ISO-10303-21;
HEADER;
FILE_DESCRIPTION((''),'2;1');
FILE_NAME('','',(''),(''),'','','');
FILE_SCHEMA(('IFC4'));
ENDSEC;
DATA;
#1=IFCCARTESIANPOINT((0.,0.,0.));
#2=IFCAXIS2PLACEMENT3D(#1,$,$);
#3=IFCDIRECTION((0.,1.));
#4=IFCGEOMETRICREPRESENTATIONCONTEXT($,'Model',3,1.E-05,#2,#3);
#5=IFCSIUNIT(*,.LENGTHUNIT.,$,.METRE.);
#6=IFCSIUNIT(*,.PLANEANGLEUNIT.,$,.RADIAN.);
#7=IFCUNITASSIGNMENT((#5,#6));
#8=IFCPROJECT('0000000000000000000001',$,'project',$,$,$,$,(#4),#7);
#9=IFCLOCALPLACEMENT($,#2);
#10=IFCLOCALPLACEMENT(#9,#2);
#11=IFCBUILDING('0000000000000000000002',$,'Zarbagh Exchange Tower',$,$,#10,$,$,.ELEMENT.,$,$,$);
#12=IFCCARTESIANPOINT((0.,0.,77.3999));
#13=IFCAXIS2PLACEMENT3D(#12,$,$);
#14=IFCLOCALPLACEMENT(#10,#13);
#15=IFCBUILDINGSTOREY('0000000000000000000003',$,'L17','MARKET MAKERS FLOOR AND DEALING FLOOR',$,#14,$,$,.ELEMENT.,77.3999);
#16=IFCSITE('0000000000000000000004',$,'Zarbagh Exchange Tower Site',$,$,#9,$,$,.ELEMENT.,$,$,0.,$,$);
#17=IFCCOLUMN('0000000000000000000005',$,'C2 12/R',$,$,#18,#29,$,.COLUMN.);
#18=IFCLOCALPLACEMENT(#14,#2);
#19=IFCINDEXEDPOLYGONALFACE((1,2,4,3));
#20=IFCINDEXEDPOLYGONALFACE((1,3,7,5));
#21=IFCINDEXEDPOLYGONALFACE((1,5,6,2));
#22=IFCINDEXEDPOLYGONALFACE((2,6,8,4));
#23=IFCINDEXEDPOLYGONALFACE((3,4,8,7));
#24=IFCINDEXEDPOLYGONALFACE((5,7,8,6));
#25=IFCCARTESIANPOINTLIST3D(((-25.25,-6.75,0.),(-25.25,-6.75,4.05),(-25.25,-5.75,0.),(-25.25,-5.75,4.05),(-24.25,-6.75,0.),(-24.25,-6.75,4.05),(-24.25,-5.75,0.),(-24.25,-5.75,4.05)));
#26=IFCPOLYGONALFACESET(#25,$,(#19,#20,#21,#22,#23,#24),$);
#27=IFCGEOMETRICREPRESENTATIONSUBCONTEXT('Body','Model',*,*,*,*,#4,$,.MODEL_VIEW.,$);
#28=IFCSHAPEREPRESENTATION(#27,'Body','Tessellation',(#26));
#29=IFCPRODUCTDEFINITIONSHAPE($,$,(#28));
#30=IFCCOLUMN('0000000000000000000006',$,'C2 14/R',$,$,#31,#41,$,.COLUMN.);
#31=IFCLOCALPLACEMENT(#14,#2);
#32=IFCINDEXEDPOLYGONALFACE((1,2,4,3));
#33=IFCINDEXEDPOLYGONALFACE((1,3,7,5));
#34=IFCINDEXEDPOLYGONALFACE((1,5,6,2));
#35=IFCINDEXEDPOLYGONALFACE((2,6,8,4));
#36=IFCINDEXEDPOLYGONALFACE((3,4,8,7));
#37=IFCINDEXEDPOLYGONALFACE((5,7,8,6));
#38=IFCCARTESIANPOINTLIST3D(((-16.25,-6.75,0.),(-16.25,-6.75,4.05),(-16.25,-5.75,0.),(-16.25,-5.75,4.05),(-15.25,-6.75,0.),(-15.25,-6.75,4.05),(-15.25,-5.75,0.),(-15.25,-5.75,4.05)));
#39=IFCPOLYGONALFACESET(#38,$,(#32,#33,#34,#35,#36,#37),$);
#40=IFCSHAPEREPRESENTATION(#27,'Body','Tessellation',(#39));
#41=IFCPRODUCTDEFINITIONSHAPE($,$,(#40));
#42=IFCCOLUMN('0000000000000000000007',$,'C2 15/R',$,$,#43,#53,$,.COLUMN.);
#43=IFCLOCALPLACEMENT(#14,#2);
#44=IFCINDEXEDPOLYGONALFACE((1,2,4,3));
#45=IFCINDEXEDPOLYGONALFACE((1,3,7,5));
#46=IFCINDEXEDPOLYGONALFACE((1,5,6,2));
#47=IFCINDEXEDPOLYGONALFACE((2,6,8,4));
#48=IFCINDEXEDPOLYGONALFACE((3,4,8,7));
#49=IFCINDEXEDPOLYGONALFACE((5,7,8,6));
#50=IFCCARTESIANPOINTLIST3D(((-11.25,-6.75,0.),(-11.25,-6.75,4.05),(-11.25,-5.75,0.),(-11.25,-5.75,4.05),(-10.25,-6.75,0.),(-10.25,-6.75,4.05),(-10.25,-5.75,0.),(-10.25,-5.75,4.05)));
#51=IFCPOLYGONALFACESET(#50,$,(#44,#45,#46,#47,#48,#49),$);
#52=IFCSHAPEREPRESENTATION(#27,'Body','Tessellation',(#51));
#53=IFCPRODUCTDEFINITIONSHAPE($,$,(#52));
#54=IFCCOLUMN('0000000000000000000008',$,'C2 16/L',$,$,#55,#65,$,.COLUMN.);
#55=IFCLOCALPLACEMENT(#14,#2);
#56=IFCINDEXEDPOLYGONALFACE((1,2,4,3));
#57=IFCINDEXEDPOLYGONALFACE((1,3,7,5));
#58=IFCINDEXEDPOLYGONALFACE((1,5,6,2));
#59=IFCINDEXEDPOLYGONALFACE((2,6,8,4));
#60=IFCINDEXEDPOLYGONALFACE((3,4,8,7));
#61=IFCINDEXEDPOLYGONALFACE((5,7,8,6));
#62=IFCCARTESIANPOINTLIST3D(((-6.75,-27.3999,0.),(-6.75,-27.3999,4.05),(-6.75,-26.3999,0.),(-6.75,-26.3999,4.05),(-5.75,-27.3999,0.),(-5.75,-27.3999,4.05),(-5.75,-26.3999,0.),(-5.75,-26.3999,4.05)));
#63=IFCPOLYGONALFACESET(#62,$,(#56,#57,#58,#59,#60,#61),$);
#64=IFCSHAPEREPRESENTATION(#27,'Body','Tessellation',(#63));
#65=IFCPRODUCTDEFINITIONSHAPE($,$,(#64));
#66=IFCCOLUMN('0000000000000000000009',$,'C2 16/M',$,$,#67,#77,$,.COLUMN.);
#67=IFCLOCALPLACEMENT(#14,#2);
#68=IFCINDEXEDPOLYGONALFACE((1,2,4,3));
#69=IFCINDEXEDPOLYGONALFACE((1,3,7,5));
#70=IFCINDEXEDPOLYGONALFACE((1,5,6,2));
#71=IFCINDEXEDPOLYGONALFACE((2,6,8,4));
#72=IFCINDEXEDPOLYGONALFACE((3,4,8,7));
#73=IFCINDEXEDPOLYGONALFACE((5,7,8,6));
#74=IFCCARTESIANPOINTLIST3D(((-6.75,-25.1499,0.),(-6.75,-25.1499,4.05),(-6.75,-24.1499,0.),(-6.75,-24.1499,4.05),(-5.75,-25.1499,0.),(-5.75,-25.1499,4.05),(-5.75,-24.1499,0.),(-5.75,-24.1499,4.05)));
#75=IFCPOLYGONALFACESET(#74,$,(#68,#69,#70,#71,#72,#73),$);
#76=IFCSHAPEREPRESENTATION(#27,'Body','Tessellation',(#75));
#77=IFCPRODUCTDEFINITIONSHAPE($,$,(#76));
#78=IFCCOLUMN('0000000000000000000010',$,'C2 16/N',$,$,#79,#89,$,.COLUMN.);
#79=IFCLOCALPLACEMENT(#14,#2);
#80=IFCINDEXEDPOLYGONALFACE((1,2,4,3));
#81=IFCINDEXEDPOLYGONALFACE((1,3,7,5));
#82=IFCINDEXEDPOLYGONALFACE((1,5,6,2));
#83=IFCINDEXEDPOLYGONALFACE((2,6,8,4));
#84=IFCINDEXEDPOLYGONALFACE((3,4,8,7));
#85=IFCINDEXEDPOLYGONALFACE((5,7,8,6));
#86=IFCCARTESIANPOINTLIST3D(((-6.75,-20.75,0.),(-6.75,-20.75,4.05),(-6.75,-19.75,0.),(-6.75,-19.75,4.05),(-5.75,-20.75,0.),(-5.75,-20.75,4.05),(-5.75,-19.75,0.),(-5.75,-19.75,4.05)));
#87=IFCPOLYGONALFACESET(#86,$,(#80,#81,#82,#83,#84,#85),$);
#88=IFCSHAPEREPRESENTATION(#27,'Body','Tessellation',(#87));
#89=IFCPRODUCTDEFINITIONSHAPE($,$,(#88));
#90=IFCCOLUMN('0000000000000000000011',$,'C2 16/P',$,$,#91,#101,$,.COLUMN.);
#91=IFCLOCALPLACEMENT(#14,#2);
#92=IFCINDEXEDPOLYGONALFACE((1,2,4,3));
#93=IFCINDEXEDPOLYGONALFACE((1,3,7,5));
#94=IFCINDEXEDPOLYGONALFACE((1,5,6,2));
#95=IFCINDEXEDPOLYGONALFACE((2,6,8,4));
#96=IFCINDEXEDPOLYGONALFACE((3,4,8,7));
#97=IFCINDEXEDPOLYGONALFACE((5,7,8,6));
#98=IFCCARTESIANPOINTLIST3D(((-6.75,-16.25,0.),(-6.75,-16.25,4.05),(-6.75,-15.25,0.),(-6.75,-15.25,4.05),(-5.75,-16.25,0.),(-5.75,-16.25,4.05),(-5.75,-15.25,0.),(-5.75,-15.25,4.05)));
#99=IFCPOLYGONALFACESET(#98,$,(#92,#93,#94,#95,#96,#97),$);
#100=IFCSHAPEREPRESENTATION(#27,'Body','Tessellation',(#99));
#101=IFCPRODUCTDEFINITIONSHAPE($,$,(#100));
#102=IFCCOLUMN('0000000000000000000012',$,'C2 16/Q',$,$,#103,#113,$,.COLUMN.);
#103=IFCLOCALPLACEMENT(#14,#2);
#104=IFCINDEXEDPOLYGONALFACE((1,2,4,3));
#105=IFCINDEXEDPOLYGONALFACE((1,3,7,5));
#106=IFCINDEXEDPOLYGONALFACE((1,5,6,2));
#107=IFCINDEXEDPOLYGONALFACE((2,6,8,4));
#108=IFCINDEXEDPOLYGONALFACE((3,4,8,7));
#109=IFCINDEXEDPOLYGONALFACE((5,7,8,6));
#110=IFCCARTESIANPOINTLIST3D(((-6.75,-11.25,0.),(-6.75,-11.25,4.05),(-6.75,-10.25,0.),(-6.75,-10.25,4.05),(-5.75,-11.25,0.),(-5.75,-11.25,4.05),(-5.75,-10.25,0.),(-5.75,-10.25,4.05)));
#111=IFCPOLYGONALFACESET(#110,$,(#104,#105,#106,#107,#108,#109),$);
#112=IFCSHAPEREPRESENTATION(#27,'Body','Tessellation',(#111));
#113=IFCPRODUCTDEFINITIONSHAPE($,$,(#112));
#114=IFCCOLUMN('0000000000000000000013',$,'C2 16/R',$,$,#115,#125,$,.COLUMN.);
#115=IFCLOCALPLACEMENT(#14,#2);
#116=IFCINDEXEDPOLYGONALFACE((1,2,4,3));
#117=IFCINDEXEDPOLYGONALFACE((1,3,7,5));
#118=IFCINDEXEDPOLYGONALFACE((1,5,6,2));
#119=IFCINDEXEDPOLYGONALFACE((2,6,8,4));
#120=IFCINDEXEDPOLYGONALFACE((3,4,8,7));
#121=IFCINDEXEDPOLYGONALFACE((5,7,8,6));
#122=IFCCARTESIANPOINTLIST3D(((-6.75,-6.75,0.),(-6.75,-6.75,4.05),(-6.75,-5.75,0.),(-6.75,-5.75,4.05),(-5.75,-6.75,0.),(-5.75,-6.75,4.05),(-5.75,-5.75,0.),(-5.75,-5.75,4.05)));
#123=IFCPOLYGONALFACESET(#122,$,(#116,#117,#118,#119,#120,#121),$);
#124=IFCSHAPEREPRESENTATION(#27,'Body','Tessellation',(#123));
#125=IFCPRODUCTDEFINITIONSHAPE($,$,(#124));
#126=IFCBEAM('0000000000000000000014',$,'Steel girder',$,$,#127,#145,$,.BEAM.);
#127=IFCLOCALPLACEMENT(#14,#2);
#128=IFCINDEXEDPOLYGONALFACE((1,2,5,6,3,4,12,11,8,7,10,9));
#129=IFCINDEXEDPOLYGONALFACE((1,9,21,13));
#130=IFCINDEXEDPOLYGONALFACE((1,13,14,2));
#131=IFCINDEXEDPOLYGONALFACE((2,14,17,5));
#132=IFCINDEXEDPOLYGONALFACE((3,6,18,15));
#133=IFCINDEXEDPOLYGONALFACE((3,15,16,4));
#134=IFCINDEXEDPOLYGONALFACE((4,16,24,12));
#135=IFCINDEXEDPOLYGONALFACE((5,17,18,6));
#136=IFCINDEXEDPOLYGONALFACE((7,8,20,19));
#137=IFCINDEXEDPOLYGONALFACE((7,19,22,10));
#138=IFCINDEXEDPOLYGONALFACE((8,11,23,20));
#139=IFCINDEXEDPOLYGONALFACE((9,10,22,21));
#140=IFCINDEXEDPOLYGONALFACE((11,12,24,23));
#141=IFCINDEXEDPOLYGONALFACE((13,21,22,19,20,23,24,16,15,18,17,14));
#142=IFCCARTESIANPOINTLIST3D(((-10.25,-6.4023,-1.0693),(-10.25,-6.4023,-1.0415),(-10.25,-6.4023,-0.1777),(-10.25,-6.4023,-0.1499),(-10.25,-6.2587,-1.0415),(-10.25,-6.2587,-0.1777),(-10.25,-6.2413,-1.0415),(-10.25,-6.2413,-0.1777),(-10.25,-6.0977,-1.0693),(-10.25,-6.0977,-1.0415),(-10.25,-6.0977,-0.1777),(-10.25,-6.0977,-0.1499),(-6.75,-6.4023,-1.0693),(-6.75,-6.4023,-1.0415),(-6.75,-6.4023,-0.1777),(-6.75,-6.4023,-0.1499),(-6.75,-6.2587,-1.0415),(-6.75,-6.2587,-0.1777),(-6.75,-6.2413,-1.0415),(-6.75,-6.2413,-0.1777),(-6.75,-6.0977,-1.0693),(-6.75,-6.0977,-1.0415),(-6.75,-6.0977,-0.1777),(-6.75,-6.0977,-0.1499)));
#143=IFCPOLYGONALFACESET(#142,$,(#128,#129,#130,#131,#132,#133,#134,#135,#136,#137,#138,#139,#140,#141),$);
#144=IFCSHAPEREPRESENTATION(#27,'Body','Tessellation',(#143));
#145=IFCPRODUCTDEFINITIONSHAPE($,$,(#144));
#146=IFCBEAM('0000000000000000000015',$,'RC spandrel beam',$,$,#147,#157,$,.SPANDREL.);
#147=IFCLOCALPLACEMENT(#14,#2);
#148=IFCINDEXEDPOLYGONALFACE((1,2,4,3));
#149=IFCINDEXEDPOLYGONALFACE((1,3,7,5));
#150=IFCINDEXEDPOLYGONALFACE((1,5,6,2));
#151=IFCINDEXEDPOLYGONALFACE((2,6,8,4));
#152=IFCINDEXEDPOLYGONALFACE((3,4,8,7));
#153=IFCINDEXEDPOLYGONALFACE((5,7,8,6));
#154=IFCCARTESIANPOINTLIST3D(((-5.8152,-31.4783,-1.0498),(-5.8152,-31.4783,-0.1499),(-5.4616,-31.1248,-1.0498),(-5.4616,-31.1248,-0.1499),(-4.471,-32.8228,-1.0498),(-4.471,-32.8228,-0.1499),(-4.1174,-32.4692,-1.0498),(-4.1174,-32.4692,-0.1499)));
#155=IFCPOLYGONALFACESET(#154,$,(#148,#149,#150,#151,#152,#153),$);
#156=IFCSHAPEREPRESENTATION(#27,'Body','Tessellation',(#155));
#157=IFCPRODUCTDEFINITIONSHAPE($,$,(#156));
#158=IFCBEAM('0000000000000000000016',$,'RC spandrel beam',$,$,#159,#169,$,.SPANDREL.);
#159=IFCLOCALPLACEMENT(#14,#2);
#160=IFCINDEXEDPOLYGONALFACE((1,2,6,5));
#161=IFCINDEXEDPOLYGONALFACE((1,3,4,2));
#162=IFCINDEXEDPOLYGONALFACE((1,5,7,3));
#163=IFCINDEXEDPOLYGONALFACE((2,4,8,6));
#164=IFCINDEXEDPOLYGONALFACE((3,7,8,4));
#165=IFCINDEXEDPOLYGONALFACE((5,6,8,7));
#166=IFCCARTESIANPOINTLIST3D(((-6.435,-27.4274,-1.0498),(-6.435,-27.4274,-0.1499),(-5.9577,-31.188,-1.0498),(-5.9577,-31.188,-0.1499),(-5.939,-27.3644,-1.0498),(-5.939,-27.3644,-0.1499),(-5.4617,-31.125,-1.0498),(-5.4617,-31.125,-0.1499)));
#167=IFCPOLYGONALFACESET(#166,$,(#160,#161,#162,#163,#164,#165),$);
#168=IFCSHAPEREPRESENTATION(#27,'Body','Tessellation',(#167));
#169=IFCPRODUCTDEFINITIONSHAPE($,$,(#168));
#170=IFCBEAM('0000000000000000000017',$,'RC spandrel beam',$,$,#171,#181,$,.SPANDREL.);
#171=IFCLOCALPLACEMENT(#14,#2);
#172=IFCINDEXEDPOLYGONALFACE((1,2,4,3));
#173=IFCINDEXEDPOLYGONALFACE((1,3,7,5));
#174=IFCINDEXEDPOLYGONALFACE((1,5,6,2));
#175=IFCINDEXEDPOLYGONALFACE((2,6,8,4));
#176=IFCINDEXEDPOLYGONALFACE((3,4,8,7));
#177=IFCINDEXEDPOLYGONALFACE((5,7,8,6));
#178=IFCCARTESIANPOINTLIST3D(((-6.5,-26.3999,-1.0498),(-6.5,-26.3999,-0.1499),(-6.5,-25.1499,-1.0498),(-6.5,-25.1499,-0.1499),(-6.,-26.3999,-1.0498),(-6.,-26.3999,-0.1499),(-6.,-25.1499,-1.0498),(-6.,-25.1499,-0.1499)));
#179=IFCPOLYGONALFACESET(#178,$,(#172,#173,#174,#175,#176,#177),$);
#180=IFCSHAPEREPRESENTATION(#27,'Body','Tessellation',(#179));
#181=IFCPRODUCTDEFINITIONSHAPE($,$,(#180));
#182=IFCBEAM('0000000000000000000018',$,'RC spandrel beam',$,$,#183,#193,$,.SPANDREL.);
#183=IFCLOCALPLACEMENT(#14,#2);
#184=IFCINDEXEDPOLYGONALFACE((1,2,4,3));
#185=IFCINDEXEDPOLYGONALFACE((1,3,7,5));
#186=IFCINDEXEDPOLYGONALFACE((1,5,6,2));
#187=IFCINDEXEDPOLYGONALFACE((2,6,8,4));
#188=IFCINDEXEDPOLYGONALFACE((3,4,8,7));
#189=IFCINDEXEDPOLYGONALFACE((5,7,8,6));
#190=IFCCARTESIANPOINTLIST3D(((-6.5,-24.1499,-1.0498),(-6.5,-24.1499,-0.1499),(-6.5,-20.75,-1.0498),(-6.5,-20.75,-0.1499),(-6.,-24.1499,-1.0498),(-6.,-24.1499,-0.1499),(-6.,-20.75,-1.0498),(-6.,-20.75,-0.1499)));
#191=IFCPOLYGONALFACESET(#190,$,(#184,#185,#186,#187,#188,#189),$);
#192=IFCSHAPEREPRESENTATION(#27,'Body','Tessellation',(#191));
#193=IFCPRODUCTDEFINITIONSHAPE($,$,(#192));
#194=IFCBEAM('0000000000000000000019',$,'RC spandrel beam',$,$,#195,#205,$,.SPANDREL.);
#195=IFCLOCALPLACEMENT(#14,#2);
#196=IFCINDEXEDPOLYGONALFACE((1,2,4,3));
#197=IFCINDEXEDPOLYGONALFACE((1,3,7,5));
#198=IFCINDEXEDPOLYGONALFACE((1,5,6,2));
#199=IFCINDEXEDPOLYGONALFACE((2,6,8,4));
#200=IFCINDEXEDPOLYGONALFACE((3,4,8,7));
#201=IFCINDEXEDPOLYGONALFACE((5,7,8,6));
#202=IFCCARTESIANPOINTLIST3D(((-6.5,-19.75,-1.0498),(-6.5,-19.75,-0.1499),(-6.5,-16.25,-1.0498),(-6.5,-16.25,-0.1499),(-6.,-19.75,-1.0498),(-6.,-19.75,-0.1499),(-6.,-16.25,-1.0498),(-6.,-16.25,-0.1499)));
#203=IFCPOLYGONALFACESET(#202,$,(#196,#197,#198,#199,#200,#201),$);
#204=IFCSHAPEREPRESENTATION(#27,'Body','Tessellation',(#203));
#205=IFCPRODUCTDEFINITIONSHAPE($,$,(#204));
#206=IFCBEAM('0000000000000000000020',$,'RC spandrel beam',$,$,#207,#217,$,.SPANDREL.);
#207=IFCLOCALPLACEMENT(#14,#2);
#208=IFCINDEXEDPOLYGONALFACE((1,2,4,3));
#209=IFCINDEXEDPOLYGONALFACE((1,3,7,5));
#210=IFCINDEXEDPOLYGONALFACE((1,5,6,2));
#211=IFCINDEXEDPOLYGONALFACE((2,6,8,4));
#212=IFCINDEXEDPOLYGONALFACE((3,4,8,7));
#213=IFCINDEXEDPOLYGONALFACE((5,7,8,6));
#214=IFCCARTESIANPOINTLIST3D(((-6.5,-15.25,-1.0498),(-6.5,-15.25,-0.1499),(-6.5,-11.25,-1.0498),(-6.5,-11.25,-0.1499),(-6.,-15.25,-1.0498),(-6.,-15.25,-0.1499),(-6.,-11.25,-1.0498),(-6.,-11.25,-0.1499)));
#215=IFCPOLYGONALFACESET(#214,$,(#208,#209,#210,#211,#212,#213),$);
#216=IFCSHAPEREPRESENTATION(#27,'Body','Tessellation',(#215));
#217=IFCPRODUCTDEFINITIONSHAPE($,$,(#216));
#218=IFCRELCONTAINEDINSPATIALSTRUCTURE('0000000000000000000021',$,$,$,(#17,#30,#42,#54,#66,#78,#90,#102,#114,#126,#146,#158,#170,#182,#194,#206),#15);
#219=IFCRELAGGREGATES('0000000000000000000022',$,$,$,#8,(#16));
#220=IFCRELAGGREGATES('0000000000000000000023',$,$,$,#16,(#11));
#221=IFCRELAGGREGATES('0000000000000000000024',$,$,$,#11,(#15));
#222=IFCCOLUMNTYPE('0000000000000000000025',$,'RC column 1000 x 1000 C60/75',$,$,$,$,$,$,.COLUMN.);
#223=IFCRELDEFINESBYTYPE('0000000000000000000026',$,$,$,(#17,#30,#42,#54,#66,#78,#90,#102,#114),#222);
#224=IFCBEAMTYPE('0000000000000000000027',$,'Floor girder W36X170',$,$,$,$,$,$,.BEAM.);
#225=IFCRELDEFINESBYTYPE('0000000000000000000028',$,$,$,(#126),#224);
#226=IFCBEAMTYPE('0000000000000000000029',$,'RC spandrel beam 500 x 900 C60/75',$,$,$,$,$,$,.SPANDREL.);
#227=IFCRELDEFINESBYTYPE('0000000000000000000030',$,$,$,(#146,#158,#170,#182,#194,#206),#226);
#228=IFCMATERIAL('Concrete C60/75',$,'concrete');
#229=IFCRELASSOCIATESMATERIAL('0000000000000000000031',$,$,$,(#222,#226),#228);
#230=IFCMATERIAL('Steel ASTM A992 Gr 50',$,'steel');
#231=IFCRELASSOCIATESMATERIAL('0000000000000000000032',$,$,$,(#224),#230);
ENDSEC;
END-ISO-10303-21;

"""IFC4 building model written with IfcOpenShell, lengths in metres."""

from ifc_helpers import new_model, si_unit, direction, frame, origin, origin_2d, place, context, subcontext, project, spatial, rectangle, i_section, extrude, material, material_profile, profile_set, type_object, element, save


model = new_model("IFC4")

# Units and contexts
model_context = context("Model", 3, precision=1e-05, world=origin(), true_north=direction((0.0, 1.0)))
body_context = subcontext(model_context, "Body", "Model", "MODEL_VIEW")
ifc_project = project(units=[si_unit("LENGTHUNIT", "METRE"), si_unit("PLANEANGLEUNIT", "RADIAN")], contexts=[model_context])

# Site, building, storey
site_placement = place(None, origin())
site = spatial("IfcSite", under=ifc_project, at=site_placement, Name="Zarbagh Exchange Tower Site", CompositionType="ELEMENT", RefElevation=0.0)
building_placement = place(site_placement, origin())
building = spatial("IfcBuilding", under=site, at=building_placement, Name="Zarbagh Exchange Tower", CompositionType="ELEMENT")
storey_placement = place(building_placement, frame((0.0, 0.0, 77.3999)))
storey = spatial("IfcBuildingStorey", under=building, at=storey_placement, Name="L17", Description="MARKET MAKERS FLOOR AND DEALING FLOOR", CompositionType="ELEMENT", Elevation=77.3999)

# Columns
ifc_material_1 = material(Name="Concrete C60/75", Category="concrete")
ifc_material_profile_1 = material_profile(ifc_material_1, rectangle(XDim=1.0, YDim=1.0, at=origin_2d()), Name="RC column 1000 x 1000 C60/75")
ifc_profile_set_1 = profile_set([ifc_material_profile_1], Name="Concrete C60/75")
column_type = type_object("IfcColumnType", Name="RC column 1000 x 1000 C60/75", PredefinedType="COLUMN", material=ifc_profile_set_1)
for number, where, z_axis, x_axis, name in (
    (1, (-24.75, -6.25, 0.0), (0.0, 0.0, 1.0), (1.0, 0.0, 0.0), "C2 12/R"),
    (2, (-15.75, -6.25, 0.0), (0.0, 0.0, 1.0), (1.0, 0.0, 0.0), "C2 14/R"),
    (3, (-10.75, -6.25, 0.0), (0.0, 0.0, 1.0), (1.0, 0.0, 0.0), "C2 15/R"),
    (4, (-6.25, -26.8999, 0.0), (0.0, 0.0, 1.0), (1.0, 0.0, 0.0), "C2 16/L"),
    (5, (-6.25, -24.6499, 0.0), (0.0, 0.0, 1.0), (1.0, 0.0, 0.0), "C2 16/M"),
    (6, (-6.25, -20.25, 0.0), (0.0, 0.0, 1.0), (1.0, 0.0, 0.0), "C2 16/N"),
    (7, (-6.25, -15.75, 0.0), (0.0, 0.0, 1.0), (1.0, 0.0, 0.0), "C2 16/P"),
    (8, (-6.25, -10.75, 0.0), (0.0, 0.0, 1.0), (1.0, 0.0, 0.0), "C2 16/Q"),
    (9, (-6.25, -6.25, 0.0), (0.0, 0.0, 1.0), (1.0, 0.0, 0.0), "C2 16/R"),
):
    element("IfcColumn", number, at=place(storey_placement, frame(where, z_axis=z_axis, x_axis=x_axis)), inside=storey, type_object=column_type, Name=name, PredefinedType="COLUMN", context=body_context, shape_type="SweptSolid", body=[
        extrude(rectangle(XDim=1.0, YDim=1.0, at=origin_2d()), origin(), (0.0, 0.0, 1.0), 4.05),
    ])

# Beams
ifc_material_2 = material(Name="Steel ASTM A992 Gr 50", Category="steel")
ifc_material_profile_2 = material_profile(ifc_material_2, i_section(OverallWidth=0.3047, OverallDepth=0.9194, WebThickness=0.0173, FlangeThickness=0.0278, at=origin_2d()), Name="W36X170")
ifc_profile_set_2 = profile_set([ifc_material_profile_2], Name="Steel ASTM A992 Gr 50")
beam_type_1 = type_object("IfcBeamType", Name="Floor girder W36X170", PredefinedType="BEAM", material=ifc_profile_set_2)
beam_1_placement = place(storey_placement, frame((-10.25, -6.25, -0.6096), z_axis=(1.0, 0.0, 0.0), x_axis=(0.0, 1.0, 0.0)))
element("IfcBeam", 10, at=beam_1_placement, inside=storey, type_object=beam_type_1, Name="Steel girder", PredefinedType="BEAM", context=body_context, shape_type="SweptSolid", body=[
    extrude(i_section(OverallWidth=0.3047, OverallDepth=0.9194, WebThickness=0.0173, FlangeThickness=0.0278, at=origin_2d()), origin(), (0.0, 0.0, 1.0), 3.5),
])
ifc_material_profile_3 = material_profile(ifc_material_1, rectangle(XDim=0.5, YDim=0.8999, at=origin_2d()), Name="RC spandrel beam 500 x 900 C60/75")
ifc_profile_set_3 = profile_set([ifc_material_profile_3], Name="Concrete C60/75")
beam_type_2 = type_object("IfcBeamType", Name="RC spandrel beam 500 x 900 C60/75", PredefinedType="SPANDREL", material=ifc_profile_set_3)
beam_2_placement = place(storey_placement, frame((-4.2942, -32.646, -0.5999), z_axis=(-0.707043, 0.707171, 0.0), x_axis=(-0.707171, -0.707043, 0.0)))
element("IfcBeam", 11, at=beam_2_placement, inside=storey, type_object=beam_type_2, Name="RC spandrel beam", PredefinedType="SPANDREL", context=body_context, shape_type="SweptSolid", body=[
    extrude(rectangle(XDim=0.5, YDim=0.8999, at=origin_2d()), origin(), (0.0, 0.0, 1.0), 1.9011),
])
beam_3_placement = place(storey_placement, frame((-5.7097, -31.1565, -0.5999), z_axis=(-0.125913, 0.992041, 0.0), x_axis=(-0.992041, -0.125913, 0.0)))
element("IfcBeam", 12, at=beam_3_placement, inside=storey, type_object=beam_type_2, Name="RC spandrel beam", PredefinedType="SPANDREL", context=body_context, shape_type="SweptSolid", body=[
    extrude(rectangle(XDim=0.5, YDim=0.8999, at=origin_2d()), origin(), (0.0, 0.0, 1.0), 3.7908),
])
beam_4_placement = place(storey_placement, frame((-6.25, -26.3999, -0.5999), z_axis=(0.0, 1.0, 0.0), x_axis=(-1.0, 0.0, 0.0)))
element("IfcBeam", 13, at=beam_4_placement, inside=storey, type_object=beam_type_2, Name="RC spandrel beam", PredefinedType="SPANDREL", context=body_context, shape_type="SweptSolid", body=[
    extrude(rectangle(XDim=0.5, YDim=0.8999, at=origin_2d()), origin(), (0.0, 0.0, 1.0), 1.25),
])
beam_5_placement = place(storey_placement, frame((-6.25, -24.1499, -0.5999), z_axis=(0.0, 1.0, 0.0), x_axis=(-1.0, 0.0, 0.0)))
element("IfcBeam", 14, at=beam_5_placement, inside=storey, type_object=beam_type_2, Name="RC spandrel beam", PredefinedType="SPANDREL", context=body_context, shape_type="SweptSolid", body=[
    extrude(rectangle(XDim=0.5, YDim=0.8999, at=origin_2d()), origin(), (0.0, 0.0, 1.0), 3.3999),
])
beam_6_placement = place(storey_placement, frame((-6.25, -19.75, -0.5999), z_axis=(0.0, 1.0, 0.0), x_axis=(-1.0, 0.0, 0.0)))
element("IfcBeam", 15, at=beam_6_placement, inside=storey, type_object=beam_type_2, Name="RC spandrel beam", PredefinedType="SPANDREL", context=body_context, shape_type="SweptSolid", body=[
    extrude(rectangle(XDim=0.5, YDim=0.8999, at=origin_2d()), origin(), (0.0, 0.0, 1.0), 3.5),
])
beam_7_placement = place(storey_placement, frame((-6.25, -15.25, -0.5999), z_axis=(0.0, 1.0, 0.0), x_axis=(-1.0, 0.0, 0.0)))
element("IfcBeam", 16, at=beam_7_placement, inside=storey, type_object=beam_type_2, Name="RC spandrel beam", PredefinedType="SPANDREL", context=body_context, shape_type="SweptSolid", body=[
    extrude(rectangle(XDim=0.5, YDim=0.8999, at=origin_2d()), origin(), (0.0, 0.0, 1.0), 4.0),
])

save(model, "model.ifc")
